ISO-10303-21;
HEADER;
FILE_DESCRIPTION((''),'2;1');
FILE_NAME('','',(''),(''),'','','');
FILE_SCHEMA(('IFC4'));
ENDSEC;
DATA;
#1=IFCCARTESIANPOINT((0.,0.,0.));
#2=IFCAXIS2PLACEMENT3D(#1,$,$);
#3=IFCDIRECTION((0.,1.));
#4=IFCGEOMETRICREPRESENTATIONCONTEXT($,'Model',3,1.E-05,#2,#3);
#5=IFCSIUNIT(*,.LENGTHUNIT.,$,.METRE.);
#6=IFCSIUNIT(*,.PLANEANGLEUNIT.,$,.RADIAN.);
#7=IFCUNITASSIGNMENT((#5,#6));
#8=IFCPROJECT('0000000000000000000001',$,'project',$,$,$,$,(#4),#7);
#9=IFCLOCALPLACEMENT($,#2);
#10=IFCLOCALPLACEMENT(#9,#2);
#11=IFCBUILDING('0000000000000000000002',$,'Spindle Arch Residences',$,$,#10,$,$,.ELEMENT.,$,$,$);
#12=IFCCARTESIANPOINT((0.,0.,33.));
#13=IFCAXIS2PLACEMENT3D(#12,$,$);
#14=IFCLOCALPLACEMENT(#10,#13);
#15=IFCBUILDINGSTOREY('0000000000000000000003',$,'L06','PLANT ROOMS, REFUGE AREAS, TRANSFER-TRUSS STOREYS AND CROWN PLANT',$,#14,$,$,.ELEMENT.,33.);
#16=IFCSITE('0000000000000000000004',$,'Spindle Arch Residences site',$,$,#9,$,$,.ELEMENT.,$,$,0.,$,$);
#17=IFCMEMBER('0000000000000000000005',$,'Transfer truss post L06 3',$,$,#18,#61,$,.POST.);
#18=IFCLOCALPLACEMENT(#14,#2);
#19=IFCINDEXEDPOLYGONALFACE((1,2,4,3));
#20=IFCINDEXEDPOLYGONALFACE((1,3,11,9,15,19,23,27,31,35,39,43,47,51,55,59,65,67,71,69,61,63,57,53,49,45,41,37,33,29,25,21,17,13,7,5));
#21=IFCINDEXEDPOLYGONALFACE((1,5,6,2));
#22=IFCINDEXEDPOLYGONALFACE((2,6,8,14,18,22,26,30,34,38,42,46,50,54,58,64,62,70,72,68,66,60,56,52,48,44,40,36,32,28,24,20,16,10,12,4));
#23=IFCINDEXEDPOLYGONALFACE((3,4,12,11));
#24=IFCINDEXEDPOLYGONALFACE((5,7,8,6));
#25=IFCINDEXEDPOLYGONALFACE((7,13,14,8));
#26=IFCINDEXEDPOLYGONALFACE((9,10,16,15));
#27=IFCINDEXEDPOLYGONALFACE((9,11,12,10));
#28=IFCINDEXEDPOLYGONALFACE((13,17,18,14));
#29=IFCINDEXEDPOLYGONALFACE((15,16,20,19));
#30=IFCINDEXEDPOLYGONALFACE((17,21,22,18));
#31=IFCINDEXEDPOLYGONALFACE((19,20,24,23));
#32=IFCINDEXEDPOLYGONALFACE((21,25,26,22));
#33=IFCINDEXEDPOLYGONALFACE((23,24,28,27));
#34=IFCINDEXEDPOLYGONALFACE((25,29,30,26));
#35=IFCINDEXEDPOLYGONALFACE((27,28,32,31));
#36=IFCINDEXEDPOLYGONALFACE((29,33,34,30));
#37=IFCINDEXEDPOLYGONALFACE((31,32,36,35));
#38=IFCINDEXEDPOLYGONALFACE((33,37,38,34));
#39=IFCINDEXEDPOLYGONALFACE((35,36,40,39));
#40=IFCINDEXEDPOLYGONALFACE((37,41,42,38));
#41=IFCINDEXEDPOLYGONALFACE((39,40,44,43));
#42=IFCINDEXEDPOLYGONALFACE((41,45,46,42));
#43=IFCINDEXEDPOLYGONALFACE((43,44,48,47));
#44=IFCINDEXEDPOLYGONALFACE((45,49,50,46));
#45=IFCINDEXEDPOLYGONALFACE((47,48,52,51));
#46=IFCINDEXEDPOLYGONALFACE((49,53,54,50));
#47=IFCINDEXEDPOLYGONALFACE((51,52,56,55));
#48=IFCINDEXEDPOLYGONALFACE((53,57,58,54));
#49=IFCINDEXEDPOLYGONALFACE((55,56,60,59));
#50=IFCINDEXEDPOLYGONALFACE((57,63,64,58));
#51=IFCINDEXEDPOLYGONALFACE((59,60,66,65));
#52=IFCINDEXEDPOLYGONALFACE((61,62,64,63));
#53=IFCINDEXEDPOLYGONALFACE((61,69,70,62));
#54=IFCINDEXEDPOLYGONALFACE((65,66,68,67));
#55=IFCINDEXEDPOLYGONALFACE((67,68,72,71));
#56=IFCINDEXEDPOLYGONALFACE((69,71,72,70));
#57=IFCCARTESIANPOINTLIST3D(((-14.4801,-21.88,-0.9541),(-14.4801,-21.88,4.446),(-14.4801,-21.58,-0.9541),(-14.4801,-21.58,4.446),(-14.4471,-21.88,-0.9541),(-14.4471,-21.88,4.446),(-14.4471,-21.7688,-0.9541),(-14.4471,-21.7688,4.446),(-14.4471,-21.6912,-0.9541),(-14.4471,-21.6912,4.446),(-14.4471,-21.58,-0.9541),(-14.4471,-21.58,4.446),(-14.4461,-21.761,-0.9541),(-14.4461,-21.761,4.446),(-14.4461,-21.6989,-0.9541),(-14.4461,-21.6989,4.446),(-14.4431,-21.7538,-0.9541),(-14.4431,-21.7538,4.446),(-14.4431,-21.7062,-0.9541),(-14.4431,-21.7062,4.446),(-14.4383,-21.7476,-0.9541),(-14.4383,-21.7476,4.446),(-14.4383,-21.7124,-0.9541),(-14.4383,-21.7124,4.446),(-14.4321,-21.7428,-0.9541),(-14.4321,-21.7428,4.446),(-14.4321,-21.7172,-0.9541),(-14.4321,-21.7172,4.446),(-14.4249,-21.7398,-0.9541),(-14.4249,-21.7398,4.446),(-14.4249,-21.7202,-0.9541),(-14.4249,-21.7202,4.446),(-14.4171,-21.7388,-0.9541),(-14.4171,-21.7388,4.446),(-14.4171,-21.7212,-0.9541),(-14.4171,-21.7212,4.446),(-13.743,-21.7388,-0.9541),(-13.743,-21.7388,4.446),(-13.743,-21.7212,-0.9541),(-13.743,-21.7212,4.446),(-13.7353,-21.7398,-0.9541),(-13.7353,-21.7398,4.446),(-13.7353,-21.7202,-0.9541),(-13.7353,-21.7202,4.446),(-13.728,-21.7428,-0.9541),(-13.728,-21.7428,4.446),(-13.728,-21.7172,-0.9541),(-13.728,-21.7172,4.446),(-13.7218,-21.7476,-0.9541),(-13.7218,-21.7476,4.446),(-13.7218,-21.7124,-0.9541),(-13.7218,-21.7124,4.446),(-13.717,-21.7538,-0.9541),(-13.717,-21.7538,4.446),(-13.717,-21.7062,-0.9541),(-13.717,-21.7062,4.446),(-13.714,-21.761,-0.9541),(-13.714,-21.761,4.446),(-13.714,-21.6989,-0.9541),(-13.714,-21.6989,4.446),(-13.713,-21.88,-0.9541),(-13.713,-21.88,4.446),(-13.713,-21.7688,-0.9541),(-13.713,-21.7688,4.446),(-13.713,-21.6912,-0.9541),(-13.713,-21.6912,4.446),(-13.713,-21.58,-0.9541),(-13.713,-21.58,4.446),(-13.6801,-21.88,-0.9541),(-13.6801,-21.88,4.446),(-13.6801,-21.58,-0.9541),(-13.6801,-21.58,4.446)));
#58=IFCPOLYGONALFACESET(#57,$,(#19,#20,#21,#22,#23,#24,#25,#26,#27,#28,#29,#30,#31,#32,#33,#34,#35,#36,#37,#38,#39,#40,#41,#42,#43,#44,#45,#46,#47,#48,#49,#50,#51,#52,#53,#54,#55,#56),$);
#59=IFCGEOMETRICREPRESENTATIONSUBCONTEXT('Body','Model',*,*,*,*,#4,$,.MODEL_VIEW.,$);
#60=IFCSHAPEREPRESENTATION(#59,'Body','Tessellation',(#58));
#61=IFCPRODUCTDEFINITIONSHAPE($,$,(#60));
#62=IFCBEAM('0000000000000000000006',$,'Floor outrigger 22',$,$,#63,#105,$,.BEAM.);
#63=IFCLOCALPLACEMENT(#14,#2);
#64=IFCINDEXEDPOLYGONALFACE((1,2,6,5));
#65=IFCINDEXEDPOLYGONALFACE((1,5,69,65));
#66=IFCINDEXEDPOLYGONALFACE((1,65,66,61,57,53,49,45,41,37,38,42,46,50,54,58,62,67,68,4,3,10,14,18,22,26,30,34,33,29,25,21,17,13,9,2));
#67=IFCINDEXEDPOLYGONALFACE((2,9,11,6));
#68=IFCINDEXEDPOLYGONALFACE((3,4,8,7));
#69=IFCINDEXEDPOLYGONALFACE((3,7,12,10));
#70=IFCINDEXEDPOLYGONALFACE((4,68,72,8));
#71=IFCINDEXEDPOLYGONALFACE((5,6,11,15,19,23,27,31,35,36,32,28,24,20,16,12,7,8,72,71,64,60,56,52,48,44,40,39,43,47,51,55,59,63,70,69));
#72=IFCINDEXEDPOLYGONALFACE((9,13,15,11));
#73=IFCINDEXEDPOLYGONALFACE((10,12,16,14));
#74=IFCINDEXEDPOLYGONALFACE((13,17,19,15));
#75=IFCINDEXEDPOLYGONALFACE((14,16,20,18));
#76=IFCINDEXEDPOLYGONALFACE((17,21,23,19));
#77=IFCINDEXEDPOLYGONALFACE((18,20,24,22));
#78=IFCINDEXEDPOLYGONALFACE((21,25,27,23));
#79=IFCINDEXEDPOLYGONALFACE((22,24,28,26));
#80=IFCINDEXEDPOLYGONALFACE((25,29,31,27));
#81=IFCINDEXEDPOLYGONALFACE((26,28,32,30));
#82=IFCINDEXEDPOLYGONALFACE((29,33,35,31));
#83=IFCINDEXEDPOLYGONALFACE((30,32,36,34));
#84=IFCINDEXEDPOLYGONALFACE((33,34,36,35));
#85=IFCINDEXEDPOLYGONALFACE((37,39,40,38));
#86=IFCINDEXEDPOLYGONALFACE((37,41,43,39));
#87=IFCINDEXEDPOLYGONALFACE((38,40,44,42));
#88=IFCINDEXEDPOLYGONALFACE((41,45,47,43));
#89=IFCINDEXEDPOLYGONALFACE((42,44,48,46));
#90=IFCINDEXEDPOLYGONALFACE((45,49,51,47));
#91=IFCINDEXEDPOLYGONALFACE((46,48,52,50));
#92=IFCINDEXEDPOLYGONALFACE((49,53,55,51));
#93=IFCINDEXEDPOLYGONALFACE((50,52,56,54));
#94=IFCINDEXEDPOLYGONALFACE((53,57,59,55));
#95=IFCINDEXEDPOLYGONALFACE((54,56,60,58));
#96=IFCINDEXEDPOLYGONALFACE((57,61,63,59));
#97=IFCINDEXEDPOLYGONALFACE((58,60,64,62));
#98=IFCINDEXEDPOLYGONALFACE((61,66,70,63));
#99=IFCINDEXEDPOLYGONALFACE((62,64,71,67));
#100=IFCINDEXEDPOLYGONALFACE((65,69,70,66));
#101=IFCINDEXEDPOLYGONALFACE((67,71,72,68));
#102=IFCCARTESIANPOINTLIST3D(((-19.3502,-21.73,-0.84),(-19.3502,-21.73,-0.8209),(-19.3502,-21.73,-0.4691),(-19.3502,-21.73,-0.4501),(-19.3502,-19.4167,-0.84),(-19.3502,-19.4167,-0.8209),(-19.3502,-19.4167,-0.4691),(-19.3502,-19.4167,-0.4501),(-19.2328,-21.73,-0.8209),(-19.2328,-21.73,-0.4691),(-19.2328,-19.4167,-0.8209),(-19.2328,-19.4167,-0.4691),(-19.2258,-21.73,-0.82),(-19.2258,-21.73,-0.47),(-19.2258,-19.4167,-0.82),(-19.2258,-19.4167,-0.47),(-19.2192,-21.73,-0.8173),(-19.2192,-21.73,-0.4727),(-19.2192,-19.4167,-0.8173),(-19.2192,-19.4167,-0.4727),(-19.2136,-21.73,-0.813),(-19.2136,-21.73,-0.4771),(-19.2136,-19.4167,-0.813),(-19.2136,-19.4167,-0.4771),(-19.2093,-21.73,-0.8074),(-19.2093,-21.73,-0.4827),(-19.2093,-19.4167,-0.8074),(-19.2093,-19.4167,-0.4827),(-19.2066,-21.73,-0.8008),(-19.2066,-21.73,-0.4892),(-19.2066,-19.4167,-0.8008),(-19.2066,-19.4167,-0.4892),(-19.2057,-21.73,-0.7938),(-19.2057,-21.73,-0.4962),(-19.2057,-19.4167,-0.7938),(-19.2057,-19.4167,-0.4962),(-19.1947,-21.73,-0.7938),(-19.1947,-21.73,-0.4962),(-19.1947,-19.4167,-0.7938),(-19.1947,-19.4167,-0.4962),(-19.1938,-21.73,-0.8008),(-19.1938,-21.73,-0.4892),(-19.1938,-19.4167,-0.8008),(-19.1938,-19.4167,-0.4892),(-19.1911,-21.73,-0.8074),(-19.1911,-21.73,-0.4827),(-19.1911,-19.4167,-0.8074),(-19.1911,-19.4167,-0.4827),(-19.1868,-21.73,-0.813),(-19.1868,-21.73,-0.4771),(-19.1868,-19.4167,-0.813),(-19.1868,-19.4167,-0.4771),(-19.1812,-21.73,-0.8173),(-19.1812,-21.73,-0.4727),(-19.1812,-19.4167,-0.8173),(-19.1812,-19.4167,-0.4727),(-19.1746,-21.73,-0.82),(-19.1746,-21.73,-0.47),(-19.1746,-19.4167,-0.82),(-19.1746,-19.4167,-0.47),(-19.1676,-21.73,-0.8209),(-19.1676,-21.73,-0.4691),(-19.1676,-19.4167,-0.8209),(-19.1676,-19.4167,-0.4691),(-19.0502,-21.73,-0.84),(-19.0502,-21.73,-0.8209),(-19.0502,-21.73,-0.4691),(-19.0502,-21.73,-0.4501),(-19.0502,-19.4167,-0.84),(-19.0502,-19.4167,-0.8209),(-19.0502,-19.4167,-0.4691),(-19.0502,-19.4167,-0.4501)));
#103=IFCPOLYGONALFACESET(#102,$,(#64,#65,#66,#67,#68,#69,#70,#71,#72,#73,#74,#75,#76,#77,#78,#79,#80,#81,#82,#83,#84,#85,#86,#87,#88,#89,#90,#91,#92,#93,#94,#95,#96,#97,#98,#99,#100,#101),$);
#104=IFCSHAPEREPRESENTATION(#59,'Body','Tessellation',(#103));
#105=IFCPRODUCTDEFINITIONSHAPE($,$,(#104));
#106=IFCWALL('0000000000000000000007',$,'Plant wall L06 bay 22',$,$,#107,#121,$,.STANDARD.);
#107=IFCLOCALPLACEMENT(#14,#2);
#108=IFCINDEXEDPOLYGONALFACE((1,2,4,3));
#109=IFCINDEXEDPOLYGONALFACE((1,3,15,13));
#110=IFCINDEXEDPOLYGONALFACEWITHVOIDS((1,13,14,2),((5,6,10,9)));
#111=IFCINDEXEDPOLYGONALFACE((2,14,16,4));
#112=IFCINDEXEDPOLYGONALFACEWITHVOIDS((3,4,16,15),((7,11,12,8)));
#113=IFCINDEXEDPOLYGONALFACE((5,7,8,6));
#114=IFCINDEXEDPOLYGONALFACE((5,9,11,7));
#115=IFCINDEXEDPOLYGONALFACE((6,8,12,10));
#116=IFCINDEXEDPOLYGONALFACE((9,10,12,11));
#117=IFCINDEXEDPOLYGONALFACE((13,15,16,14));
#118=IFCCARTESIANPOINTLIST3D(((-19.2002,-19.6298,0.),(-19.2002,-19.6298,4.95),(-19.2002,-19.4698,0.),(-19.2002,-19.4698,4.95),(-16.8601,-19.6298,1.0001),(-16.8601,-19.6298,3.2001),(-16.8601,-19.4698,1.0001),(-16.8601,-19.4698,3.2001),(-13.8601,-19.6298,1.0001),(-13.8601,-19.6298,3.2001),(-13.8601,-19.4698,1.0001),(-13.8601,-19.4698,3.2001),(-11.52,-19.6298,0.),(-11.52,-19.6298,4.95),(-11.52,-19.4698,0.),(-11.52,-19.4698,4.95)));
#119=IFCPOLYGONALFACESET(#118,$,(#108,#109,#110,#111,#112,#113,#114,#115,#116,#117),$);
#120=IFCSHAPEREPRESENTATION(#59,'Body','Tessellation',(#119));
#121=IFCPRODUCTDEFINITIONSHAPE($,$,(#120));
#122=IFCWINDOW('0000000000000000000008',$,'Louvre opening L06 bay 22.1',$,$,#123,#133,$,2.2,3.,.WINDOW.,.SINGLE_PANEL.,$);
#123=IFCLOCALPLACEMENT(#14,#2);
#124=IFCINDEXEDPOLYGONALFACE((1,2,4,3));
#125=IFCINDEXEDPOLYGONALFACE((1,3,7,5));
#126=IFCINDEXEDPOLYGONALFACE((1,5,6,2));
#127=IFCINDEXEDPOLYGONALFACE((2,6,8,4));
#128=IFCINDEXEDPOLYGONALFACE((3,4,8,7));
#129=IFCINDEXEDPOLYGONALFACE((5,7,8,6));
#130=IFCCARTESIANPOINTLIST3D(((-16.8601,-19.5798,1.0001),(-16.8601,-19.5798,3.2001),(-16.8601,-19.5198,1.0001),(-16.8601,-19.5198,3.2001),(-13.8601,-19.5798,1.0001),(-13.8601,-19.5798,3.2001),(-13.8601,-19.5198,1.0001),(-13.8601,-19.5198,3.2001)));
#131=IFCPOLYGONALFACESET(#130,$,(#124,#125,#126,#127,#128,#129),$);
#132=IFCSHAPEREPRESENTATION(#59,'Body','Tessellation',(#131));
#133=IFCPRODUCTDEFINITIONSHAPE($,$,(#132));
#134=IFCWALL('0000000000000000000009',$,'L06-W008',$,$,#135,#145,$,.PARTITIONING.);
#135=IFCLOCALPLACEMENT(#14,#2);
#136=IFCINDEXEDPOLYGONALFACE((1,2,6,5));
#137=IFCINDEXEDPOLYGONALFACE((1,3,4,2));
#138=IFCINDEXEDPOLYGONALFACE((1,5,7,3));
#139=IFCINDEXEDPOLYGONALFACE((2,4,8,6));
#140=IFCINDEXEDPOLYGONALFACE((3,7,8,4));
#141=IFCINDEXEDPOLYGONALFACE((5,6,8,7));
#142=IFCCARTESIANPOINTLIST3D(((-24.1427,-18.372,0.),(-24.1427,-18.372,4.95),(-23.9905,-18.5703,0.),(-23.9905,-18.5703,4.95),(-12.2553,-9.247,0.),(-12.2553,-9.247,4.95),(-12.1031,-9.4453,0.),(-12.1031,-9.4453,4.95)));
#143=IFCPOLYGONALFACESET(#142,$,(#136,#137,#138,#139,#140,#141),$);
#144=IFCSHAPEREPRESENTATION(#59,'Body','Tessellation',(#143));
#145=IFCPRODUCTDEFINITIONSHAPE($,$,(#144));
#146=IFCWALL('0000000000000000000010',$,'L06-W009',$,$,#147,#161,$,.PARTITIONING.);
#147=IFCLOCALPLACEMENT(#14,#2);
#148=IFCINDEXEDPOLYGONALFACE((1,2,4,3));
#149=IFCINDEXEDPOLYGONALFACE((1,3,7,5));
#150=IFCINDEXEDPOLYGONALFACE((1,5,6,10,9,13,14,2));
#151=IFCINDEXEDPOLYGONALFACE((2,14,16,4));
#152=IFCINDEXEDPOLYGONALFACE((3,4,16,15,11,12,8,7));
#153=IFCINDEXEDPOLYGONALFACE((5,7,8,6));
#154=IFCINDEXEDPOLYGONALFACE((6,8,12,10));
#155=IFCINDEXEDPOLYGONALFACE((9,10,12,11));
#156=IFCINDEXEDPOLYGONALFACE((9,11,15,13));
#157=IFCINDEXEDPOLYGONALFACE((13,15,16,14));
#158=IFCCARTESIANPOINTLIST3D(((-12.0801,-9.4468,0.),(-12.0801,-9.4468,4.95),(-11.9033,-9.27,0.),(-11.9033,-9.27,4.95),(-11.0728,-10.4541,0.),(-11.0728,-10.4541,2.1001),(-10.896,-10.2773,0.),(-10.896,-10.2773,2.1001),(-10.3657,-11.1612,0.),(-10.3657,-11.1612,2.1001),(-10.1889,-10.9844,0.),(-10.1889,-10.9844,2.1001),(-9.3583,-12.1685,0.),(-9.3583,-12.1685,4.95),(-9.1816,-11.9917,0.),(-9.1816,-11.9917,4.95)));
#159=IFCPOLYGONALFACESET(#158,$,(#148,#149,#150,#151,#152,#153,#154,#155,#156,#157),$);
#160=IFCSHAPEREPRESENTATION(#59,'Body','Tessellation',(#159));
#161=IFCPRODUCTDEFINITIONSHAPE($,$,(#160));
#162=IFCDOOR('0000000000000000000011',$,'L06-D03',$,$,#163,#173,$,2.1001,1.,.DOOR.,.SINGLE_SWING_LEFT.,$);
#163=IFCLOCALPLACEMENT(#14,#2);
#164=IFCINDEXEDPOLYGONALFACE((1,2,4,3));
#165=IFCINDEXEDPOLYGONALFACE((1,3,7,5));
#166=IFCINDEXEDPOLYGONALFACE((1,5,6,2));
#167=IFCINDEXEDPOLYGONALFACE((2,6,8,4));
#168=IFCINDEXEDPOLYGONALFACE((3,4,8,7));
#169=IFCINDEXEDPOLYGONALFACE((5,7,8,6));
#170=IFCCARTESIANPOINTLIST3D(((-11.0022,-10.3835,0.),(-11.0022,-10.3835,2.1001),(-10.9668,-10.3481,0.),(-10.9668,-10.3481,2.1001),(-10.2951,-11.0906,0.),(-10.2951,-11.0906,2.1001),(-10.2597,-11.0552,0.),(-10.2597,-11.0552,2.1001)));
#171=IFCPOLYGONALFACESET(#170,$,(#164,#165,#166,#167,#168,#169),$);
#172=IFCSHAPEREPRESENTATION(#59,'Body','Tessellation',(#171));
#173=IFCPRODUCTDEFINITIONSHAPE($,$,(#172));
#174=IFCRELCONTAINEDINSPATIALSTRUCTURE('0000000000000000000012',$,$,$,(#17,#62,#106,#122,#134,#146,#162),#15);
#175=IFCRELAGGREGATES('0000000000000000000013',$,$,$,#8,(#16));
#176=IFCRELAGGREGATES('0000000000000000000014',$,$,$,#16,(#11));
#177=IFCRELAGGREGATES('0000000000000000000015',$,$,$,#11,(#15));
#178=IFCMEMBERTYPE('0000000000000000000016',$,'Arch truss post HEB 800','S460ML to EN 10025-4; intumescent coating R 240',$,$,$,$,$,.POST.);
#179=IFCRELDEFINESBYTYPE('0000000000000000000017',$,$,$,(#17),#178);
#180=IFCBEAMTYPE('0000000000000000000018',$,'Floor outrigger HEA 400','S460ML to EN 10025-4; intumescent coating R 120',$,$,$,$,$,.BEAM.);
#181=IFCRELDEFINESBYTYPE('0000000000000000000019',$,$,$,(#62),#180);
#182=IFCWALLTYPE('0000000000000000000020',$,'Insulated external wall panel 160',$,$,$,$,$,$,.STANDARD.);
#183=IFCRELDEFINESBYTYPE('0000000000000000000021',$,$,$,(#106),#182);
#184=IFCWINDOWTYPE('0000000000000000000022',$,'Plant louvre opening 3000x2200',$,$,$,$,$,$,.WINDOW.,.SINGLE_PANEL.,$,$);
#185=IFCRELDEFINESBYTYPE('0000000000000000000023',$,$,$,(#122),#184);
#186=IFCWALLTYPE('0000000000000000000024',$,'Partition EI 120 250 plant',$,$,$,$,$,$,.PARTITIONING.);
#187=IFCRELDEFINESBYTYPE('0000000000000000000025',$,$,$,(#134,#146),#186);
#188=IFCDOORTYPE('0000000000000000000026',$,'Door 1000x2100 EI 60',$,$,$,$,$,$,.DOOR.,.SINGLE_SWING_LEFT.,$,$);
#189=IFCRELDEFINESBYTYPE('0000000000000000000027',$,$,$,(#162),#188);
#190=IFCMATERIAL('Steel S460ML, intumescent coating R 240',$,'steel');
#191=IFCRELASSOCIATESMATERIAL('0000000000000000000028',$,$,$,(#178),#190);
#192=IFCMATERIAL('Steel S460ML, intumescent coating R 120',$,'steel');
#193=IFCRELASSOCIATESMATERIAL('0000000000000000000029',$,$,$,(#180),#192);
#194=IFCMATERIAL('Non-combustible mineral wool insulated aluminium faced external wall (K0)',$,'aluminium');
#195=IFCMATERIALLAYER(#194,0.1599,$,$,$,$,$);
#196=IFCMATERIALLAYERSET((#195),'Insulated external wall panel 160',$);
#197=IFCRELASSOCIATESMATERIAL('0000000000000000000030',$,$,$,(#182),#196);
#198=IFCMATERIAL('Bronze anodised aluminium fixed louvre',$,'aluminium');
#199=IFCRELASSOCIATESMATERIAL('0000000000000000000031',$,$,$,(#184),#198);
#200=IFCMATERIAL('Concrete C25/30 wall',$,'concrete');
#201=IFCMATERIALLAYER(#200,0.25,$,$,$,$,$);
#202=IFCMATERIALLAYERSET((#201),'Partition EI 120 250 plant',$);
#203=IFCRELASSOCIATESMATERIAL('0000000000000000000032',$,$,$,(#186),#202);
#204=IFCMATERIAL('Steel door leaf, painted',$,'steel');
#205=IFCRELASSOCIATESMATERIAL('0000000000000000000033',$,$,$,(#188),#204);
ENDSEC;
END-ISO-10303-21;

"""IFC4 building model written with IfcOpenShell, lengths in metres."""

from ifc_helpers import new_model, si_unit, direction, frame, frame_2d, origin, origin_2d, place, context, subcontext, project, spatial, rectangle, i_section, extrude, material, layer, layer_set, material_profile, profile_set, type_object, element, fill, save


model = new_model("IFC4")

# Units and contexts
model_context = context("Model", 3, precision=1e-05, world=origin(), true_north=direction((0.0, 1.0)))
body_context = subcontext(model_context, "Body", "Model", "MODEL_VIEW")
ifc_project = project(units=[si_unit("LENGTHUNIT", "METRE"), si_unit("PLANEANGLEUNIT", "RADIAN")], contexts=[model_context])

# Site, building, storey
site_placement = place(None, origin())
site = spatial("IfcSite", under=ifc_project, at=site_placement, Name="Spindle Arch Residences site", CompositionType="ELEMENT", RefElevation=0.0)
building_placement = place(site_placement, origin())
building = spatial("IfcBuilding", under=site, at=building_placement, Name="Spindle Arch Residences", CompositionType="ELEMENT")
storey_placement = place(building_placement, frame((0.0, 0.0, 33.0)))
storey = spatial("IfcBuildingStorey", under=building, at=storey_placement, Name="L06", Description="PLANT ROOMS, REFUGE AREAS, TRANSFER-TRUSS STOREYS AND CROWN PLANT", CompositionType="ELEMENT", Elevation=33.0)

# Member
ifc_material_1 = material(Name="Steel S460ML, intumescent coating R 240", Category="steel")
ifc_material_profile_1 = material_profile(ifc_material_1, i_section(OverallWidth=0.3, OverallDepth=0.8, WebThickness=0.0176, FlangeThickness=0.033, FilletRadius=0.03, at=origin_2d()), Name="HEB 800")
ifc_profile_set_1 = profile_set([ifc_material_profile_1], Name="Steel S460ML, intumescent coating R 240")
member_type_1 = type_object("IfcMemberType", Name="Arch truss post HEB 800", Description="S460ML to EN 10025-4; intumescent coating R 240", PredefinedType="POST", material=ifc_profile_set_1)
for number, where, z_axis, x_axis, name in (
    (1, (-14.0801, -21.73, -0.9541), (0.0, 0.0, 1.0), (0.0, 1.0, 0.0), "Transfer truss post L06 3"),
):
    element("IfcMember", number, at=place(storey_placement, frame(where, z_axis=z_axis, x_axis=x_axis)), inside=storey, type_object=member_type_1, Name=name, PredefinedType="POST", context=body_context, shape_type="SweptSolid", body=[
        extrude(i_section(OverallWidth=0.3, OverallDepth=0.8, WebThickness=0.0176, FlangeThickness=0.033, FilletRadius=0.03, at=origin_2d()), origin(), (0.0, 0.0, 1.0), 5.4001),
    ])

# Beam
ifc_material_2 = material(Name="Steel S460ML, intumescent coating R 120", Category="steel")
ifc_material_profile_2 = material_profile(ifc_material_2, i_section(OverallWidth=0.3, OverallDepth=0.3899, WebThickness=0.011, FlangeThickness=0.019, FilletRadius=0.0271, at=origin_2d()), Name="HEA 400")
ifc_profile_set_2 = profile_set([ifc_material_profile_2], Name="Steel S460ML, intumescent coating R 120")
beam_type = type_object("IfcBeamType", Name="Floor outrigger HEA 400", Description="S460ML to EN 10025-4; intumescent coating R 120", PredefinedType="BEAM", material=ifc_profile_set_2)
beam_placement = place(storey_placement, frame((-19.2002, -21.73, -0.645), z_axis=(0.0, 1.0, 0.0), x_axis=(-1.0, 0.0, 0.0)))
element("IfcBeam", 2, at=beam_placement, inside=storey, type_object=beam_type, Name="Floor outrigger 22", PredefinedType="BEAM", context=body_context, shape_type="SweptSolid", body=[
    extrude(i_section(OverallWidth=0.3, OverallDepth=0.3899, WebThickness=0.011, FlangeThickness=0.019, FilletRadius=0.0271, at=origin_2d()), origin(), (0.0, 0.0, 1.0), 2.3132),
])

# Wall, opening, window
ifc_material_3 = material(Name="Non-combustible mineral wool insulated aluminium faced external wall (K0)", Category="aluminium")
ifc_layer_1 = layer(ifc_material_3, 0.1599)
ifc_layer_set_1 = layer_set([ifc_layer_1], Name="Insulated external wall panel 160")
wall_type_1 = type_object("IfcWallType", Name="Insulated external wall panel 160", PredefinedType="STANDARD", material=ifc_layer_set_1)
wall_1_placement = place(storey_placement, frame((-19.2002, -19.5498, 0.0), z_axis=(0.0, 0.0, 1.0), x_axis=(1.0, 0.0, 0.0)))
wall_1 = element("IfcWall", 3, at=wall_1_placement, inside=storey, type_object=wall_type_1, Name="Plant wall L06 bay 22", PredefinedType="STANDARD", context=body_context, shape_type="SweptSolid", body=[
    extrude(rectangle(XDim=7.6802, YDim=0.1599, at=frame_2d((3.8401, 0.0))), origin(), (0.0, 0.0, 1.0), 4.95),
])
opening_1_placement = place(wall_1_placement, frame((2.3401, 0.0, 1.0)))
opening_1 = element("IfcOpeningElement", 4, at=opening_1_placement, cuts=wall_1, PredefinedType="OPENING", context=body_context, shape_type="SweptSolid", body=[
    extrude(rectangle(XDim=3.0, YDim=2.2, at=frame_2d((1.5, 1.1001))), frame((0.0, 0.0898, 0.0), z_axis=(0.0, -1.0, 0.0), x_axis=(1.0, 0.0, 0.0)), (0.0, 0.0, 1.0), 0.1799),
])
ifc_material_4 = material(Name="Bronze anodised aluminium fixed louvre", Category="aluminium")
window_type = type_object("IfcWindowType", Name="Plant louvre opening 3000x2200", PartitioningType="SINGLE_PANEL", PredefinedType="WINDOW", material=ifc_material_4)
window_placement = place(opening_1_placement, origin())
window = element("IfcWindow", 5, at=window_placement, inside=storey, type_object=window_type, Name="Louvre opening L06 bay 22.1", OverallHeight=2.2, OverallWidth=3.0, PartitioningType="SINGLE_PANEL", PredefinedType="WINDOW", context=body_context, shape_type="SweptSolid", body=[
    extrude(rectangle(XDim=3.0, YDim=2.2, at=frame_2d((1.5, 1.1001))), frame((0.0, 0.03, 0.0), z_axis=(0.0, -1.0, 0.0), x_axis=(1.0, 0.0, 0.0)), (0.0, 0.0, 1.0), 0.0601),
])
fill(opening_1, window)

# Wall
ifc_material_5 = material(Name="Concrete C25/30 wall", Category="concrete")
ifc_layer_2 = layer(ifc_material_5, 0.25)
ifc_layer_set_2 = layer_set([ifc_layer_2], Name="Partition EI 120 250 plant")
wall_type_2 = type_object("IfcWallType", Name="Partition EI 120 250 plant", PredefinedType="PARTITIONING", material=ifc_layer_set_2)
wall_2_placement = place(storey_placement, frame((-12.1792, -9.3462, 0.0), z_axis=(0.0, 0.0, 1.0), x_axis=(-0.793243, -0.608906, 0.0)))
element("IfcWall", 6, at=wall_2_placement, inside=storey, type_object=wall_type_2, Name="L06-W008", PredefinedType="PARTITIONING", context=body_context, shape_type="SweptSolid", body=[
    extrude(rectangle(XDim=14.9858, YDim=0.25, at=frame_2d((7.4929, 0.0))), origin(), (0.0, 0.0, 1.0), 4.95),
])

# Wall, opening, door
wall_3_placement = place(storey_placement, frame((-11.9917, -9.3584, 0.0), z_axis=(0.0, 0.0, 1.0), x_axis=(0.707107, -0.707107, 0.0)))
wall_3 = element("IfcWall", 7, at=wall_3_placement, inside=storey, type_object=wall_type_2, Name="L06-W009", PredefinedType="PARTITIONING", context=body_context, shape_type="SweptSolid", body=[
    extrude(rectangle(XDim=3.8491, YDim=0.25, at=frame_2d((1.9246, 0.0))), origin(), (0.0, 0.0, 1.0), 4.95),
])
opening_2_placement = place(wall_3_placement, frame((1.4246, 0.0, 0.0)))
opening_2 = element("IfcOpeningElement", 8, at=opening_2_placement, cuts=wall_3, PredefinedType="OPENING", context=body_context, shape_type="SweptSolid", body=[
    extrude(rectangle(XDim=1.0, YDim=2.1001, at=frame_2d((0.5, 1.05))), frame((0.0, 0.135, 0.0), z_axis=(0.0, -1.0, 0.0), x_axis=(1.0, 0.0, 0.0)), (0.0, 0.0, 1.0), 0.27),
])
ifc_material_6 = material(Name="Steel door leaf, painted", Category="steel")
door_type = type_object("IfcDoorType", Name="Door 1000x2100 EI 60", OperationType="SINGLE_SWING_LEFT", PredefinedType="DOOR", material=ifc_material_6)
door_placement = place(opening_2_placement, origin())
door = element("IfcDoor", 9, at=door_placement, inside=storey, type_object=door_type, Name="L06-D03", OperationType="SINGLE_SWING_LEFT", OverallHeight=2.1001, OverallWidth=1.0, PredefinedType="DOOR", context=body_context, shape_type="SweptSolid", body=[
    extrude(rectangle(XDim=1.0, YDim=2.1001, at=frame_2d((0.5, 1.05))), frame((0.0, 0.0249, 0.0), z_axis=(0.0, -1.0, 0.0), x_axis=(1.0, 0.0, 0.0)), (0.0, 0.0, 1.0), 0.05),
])
fill(opening_2, door)

save(model, "model.ifc")
